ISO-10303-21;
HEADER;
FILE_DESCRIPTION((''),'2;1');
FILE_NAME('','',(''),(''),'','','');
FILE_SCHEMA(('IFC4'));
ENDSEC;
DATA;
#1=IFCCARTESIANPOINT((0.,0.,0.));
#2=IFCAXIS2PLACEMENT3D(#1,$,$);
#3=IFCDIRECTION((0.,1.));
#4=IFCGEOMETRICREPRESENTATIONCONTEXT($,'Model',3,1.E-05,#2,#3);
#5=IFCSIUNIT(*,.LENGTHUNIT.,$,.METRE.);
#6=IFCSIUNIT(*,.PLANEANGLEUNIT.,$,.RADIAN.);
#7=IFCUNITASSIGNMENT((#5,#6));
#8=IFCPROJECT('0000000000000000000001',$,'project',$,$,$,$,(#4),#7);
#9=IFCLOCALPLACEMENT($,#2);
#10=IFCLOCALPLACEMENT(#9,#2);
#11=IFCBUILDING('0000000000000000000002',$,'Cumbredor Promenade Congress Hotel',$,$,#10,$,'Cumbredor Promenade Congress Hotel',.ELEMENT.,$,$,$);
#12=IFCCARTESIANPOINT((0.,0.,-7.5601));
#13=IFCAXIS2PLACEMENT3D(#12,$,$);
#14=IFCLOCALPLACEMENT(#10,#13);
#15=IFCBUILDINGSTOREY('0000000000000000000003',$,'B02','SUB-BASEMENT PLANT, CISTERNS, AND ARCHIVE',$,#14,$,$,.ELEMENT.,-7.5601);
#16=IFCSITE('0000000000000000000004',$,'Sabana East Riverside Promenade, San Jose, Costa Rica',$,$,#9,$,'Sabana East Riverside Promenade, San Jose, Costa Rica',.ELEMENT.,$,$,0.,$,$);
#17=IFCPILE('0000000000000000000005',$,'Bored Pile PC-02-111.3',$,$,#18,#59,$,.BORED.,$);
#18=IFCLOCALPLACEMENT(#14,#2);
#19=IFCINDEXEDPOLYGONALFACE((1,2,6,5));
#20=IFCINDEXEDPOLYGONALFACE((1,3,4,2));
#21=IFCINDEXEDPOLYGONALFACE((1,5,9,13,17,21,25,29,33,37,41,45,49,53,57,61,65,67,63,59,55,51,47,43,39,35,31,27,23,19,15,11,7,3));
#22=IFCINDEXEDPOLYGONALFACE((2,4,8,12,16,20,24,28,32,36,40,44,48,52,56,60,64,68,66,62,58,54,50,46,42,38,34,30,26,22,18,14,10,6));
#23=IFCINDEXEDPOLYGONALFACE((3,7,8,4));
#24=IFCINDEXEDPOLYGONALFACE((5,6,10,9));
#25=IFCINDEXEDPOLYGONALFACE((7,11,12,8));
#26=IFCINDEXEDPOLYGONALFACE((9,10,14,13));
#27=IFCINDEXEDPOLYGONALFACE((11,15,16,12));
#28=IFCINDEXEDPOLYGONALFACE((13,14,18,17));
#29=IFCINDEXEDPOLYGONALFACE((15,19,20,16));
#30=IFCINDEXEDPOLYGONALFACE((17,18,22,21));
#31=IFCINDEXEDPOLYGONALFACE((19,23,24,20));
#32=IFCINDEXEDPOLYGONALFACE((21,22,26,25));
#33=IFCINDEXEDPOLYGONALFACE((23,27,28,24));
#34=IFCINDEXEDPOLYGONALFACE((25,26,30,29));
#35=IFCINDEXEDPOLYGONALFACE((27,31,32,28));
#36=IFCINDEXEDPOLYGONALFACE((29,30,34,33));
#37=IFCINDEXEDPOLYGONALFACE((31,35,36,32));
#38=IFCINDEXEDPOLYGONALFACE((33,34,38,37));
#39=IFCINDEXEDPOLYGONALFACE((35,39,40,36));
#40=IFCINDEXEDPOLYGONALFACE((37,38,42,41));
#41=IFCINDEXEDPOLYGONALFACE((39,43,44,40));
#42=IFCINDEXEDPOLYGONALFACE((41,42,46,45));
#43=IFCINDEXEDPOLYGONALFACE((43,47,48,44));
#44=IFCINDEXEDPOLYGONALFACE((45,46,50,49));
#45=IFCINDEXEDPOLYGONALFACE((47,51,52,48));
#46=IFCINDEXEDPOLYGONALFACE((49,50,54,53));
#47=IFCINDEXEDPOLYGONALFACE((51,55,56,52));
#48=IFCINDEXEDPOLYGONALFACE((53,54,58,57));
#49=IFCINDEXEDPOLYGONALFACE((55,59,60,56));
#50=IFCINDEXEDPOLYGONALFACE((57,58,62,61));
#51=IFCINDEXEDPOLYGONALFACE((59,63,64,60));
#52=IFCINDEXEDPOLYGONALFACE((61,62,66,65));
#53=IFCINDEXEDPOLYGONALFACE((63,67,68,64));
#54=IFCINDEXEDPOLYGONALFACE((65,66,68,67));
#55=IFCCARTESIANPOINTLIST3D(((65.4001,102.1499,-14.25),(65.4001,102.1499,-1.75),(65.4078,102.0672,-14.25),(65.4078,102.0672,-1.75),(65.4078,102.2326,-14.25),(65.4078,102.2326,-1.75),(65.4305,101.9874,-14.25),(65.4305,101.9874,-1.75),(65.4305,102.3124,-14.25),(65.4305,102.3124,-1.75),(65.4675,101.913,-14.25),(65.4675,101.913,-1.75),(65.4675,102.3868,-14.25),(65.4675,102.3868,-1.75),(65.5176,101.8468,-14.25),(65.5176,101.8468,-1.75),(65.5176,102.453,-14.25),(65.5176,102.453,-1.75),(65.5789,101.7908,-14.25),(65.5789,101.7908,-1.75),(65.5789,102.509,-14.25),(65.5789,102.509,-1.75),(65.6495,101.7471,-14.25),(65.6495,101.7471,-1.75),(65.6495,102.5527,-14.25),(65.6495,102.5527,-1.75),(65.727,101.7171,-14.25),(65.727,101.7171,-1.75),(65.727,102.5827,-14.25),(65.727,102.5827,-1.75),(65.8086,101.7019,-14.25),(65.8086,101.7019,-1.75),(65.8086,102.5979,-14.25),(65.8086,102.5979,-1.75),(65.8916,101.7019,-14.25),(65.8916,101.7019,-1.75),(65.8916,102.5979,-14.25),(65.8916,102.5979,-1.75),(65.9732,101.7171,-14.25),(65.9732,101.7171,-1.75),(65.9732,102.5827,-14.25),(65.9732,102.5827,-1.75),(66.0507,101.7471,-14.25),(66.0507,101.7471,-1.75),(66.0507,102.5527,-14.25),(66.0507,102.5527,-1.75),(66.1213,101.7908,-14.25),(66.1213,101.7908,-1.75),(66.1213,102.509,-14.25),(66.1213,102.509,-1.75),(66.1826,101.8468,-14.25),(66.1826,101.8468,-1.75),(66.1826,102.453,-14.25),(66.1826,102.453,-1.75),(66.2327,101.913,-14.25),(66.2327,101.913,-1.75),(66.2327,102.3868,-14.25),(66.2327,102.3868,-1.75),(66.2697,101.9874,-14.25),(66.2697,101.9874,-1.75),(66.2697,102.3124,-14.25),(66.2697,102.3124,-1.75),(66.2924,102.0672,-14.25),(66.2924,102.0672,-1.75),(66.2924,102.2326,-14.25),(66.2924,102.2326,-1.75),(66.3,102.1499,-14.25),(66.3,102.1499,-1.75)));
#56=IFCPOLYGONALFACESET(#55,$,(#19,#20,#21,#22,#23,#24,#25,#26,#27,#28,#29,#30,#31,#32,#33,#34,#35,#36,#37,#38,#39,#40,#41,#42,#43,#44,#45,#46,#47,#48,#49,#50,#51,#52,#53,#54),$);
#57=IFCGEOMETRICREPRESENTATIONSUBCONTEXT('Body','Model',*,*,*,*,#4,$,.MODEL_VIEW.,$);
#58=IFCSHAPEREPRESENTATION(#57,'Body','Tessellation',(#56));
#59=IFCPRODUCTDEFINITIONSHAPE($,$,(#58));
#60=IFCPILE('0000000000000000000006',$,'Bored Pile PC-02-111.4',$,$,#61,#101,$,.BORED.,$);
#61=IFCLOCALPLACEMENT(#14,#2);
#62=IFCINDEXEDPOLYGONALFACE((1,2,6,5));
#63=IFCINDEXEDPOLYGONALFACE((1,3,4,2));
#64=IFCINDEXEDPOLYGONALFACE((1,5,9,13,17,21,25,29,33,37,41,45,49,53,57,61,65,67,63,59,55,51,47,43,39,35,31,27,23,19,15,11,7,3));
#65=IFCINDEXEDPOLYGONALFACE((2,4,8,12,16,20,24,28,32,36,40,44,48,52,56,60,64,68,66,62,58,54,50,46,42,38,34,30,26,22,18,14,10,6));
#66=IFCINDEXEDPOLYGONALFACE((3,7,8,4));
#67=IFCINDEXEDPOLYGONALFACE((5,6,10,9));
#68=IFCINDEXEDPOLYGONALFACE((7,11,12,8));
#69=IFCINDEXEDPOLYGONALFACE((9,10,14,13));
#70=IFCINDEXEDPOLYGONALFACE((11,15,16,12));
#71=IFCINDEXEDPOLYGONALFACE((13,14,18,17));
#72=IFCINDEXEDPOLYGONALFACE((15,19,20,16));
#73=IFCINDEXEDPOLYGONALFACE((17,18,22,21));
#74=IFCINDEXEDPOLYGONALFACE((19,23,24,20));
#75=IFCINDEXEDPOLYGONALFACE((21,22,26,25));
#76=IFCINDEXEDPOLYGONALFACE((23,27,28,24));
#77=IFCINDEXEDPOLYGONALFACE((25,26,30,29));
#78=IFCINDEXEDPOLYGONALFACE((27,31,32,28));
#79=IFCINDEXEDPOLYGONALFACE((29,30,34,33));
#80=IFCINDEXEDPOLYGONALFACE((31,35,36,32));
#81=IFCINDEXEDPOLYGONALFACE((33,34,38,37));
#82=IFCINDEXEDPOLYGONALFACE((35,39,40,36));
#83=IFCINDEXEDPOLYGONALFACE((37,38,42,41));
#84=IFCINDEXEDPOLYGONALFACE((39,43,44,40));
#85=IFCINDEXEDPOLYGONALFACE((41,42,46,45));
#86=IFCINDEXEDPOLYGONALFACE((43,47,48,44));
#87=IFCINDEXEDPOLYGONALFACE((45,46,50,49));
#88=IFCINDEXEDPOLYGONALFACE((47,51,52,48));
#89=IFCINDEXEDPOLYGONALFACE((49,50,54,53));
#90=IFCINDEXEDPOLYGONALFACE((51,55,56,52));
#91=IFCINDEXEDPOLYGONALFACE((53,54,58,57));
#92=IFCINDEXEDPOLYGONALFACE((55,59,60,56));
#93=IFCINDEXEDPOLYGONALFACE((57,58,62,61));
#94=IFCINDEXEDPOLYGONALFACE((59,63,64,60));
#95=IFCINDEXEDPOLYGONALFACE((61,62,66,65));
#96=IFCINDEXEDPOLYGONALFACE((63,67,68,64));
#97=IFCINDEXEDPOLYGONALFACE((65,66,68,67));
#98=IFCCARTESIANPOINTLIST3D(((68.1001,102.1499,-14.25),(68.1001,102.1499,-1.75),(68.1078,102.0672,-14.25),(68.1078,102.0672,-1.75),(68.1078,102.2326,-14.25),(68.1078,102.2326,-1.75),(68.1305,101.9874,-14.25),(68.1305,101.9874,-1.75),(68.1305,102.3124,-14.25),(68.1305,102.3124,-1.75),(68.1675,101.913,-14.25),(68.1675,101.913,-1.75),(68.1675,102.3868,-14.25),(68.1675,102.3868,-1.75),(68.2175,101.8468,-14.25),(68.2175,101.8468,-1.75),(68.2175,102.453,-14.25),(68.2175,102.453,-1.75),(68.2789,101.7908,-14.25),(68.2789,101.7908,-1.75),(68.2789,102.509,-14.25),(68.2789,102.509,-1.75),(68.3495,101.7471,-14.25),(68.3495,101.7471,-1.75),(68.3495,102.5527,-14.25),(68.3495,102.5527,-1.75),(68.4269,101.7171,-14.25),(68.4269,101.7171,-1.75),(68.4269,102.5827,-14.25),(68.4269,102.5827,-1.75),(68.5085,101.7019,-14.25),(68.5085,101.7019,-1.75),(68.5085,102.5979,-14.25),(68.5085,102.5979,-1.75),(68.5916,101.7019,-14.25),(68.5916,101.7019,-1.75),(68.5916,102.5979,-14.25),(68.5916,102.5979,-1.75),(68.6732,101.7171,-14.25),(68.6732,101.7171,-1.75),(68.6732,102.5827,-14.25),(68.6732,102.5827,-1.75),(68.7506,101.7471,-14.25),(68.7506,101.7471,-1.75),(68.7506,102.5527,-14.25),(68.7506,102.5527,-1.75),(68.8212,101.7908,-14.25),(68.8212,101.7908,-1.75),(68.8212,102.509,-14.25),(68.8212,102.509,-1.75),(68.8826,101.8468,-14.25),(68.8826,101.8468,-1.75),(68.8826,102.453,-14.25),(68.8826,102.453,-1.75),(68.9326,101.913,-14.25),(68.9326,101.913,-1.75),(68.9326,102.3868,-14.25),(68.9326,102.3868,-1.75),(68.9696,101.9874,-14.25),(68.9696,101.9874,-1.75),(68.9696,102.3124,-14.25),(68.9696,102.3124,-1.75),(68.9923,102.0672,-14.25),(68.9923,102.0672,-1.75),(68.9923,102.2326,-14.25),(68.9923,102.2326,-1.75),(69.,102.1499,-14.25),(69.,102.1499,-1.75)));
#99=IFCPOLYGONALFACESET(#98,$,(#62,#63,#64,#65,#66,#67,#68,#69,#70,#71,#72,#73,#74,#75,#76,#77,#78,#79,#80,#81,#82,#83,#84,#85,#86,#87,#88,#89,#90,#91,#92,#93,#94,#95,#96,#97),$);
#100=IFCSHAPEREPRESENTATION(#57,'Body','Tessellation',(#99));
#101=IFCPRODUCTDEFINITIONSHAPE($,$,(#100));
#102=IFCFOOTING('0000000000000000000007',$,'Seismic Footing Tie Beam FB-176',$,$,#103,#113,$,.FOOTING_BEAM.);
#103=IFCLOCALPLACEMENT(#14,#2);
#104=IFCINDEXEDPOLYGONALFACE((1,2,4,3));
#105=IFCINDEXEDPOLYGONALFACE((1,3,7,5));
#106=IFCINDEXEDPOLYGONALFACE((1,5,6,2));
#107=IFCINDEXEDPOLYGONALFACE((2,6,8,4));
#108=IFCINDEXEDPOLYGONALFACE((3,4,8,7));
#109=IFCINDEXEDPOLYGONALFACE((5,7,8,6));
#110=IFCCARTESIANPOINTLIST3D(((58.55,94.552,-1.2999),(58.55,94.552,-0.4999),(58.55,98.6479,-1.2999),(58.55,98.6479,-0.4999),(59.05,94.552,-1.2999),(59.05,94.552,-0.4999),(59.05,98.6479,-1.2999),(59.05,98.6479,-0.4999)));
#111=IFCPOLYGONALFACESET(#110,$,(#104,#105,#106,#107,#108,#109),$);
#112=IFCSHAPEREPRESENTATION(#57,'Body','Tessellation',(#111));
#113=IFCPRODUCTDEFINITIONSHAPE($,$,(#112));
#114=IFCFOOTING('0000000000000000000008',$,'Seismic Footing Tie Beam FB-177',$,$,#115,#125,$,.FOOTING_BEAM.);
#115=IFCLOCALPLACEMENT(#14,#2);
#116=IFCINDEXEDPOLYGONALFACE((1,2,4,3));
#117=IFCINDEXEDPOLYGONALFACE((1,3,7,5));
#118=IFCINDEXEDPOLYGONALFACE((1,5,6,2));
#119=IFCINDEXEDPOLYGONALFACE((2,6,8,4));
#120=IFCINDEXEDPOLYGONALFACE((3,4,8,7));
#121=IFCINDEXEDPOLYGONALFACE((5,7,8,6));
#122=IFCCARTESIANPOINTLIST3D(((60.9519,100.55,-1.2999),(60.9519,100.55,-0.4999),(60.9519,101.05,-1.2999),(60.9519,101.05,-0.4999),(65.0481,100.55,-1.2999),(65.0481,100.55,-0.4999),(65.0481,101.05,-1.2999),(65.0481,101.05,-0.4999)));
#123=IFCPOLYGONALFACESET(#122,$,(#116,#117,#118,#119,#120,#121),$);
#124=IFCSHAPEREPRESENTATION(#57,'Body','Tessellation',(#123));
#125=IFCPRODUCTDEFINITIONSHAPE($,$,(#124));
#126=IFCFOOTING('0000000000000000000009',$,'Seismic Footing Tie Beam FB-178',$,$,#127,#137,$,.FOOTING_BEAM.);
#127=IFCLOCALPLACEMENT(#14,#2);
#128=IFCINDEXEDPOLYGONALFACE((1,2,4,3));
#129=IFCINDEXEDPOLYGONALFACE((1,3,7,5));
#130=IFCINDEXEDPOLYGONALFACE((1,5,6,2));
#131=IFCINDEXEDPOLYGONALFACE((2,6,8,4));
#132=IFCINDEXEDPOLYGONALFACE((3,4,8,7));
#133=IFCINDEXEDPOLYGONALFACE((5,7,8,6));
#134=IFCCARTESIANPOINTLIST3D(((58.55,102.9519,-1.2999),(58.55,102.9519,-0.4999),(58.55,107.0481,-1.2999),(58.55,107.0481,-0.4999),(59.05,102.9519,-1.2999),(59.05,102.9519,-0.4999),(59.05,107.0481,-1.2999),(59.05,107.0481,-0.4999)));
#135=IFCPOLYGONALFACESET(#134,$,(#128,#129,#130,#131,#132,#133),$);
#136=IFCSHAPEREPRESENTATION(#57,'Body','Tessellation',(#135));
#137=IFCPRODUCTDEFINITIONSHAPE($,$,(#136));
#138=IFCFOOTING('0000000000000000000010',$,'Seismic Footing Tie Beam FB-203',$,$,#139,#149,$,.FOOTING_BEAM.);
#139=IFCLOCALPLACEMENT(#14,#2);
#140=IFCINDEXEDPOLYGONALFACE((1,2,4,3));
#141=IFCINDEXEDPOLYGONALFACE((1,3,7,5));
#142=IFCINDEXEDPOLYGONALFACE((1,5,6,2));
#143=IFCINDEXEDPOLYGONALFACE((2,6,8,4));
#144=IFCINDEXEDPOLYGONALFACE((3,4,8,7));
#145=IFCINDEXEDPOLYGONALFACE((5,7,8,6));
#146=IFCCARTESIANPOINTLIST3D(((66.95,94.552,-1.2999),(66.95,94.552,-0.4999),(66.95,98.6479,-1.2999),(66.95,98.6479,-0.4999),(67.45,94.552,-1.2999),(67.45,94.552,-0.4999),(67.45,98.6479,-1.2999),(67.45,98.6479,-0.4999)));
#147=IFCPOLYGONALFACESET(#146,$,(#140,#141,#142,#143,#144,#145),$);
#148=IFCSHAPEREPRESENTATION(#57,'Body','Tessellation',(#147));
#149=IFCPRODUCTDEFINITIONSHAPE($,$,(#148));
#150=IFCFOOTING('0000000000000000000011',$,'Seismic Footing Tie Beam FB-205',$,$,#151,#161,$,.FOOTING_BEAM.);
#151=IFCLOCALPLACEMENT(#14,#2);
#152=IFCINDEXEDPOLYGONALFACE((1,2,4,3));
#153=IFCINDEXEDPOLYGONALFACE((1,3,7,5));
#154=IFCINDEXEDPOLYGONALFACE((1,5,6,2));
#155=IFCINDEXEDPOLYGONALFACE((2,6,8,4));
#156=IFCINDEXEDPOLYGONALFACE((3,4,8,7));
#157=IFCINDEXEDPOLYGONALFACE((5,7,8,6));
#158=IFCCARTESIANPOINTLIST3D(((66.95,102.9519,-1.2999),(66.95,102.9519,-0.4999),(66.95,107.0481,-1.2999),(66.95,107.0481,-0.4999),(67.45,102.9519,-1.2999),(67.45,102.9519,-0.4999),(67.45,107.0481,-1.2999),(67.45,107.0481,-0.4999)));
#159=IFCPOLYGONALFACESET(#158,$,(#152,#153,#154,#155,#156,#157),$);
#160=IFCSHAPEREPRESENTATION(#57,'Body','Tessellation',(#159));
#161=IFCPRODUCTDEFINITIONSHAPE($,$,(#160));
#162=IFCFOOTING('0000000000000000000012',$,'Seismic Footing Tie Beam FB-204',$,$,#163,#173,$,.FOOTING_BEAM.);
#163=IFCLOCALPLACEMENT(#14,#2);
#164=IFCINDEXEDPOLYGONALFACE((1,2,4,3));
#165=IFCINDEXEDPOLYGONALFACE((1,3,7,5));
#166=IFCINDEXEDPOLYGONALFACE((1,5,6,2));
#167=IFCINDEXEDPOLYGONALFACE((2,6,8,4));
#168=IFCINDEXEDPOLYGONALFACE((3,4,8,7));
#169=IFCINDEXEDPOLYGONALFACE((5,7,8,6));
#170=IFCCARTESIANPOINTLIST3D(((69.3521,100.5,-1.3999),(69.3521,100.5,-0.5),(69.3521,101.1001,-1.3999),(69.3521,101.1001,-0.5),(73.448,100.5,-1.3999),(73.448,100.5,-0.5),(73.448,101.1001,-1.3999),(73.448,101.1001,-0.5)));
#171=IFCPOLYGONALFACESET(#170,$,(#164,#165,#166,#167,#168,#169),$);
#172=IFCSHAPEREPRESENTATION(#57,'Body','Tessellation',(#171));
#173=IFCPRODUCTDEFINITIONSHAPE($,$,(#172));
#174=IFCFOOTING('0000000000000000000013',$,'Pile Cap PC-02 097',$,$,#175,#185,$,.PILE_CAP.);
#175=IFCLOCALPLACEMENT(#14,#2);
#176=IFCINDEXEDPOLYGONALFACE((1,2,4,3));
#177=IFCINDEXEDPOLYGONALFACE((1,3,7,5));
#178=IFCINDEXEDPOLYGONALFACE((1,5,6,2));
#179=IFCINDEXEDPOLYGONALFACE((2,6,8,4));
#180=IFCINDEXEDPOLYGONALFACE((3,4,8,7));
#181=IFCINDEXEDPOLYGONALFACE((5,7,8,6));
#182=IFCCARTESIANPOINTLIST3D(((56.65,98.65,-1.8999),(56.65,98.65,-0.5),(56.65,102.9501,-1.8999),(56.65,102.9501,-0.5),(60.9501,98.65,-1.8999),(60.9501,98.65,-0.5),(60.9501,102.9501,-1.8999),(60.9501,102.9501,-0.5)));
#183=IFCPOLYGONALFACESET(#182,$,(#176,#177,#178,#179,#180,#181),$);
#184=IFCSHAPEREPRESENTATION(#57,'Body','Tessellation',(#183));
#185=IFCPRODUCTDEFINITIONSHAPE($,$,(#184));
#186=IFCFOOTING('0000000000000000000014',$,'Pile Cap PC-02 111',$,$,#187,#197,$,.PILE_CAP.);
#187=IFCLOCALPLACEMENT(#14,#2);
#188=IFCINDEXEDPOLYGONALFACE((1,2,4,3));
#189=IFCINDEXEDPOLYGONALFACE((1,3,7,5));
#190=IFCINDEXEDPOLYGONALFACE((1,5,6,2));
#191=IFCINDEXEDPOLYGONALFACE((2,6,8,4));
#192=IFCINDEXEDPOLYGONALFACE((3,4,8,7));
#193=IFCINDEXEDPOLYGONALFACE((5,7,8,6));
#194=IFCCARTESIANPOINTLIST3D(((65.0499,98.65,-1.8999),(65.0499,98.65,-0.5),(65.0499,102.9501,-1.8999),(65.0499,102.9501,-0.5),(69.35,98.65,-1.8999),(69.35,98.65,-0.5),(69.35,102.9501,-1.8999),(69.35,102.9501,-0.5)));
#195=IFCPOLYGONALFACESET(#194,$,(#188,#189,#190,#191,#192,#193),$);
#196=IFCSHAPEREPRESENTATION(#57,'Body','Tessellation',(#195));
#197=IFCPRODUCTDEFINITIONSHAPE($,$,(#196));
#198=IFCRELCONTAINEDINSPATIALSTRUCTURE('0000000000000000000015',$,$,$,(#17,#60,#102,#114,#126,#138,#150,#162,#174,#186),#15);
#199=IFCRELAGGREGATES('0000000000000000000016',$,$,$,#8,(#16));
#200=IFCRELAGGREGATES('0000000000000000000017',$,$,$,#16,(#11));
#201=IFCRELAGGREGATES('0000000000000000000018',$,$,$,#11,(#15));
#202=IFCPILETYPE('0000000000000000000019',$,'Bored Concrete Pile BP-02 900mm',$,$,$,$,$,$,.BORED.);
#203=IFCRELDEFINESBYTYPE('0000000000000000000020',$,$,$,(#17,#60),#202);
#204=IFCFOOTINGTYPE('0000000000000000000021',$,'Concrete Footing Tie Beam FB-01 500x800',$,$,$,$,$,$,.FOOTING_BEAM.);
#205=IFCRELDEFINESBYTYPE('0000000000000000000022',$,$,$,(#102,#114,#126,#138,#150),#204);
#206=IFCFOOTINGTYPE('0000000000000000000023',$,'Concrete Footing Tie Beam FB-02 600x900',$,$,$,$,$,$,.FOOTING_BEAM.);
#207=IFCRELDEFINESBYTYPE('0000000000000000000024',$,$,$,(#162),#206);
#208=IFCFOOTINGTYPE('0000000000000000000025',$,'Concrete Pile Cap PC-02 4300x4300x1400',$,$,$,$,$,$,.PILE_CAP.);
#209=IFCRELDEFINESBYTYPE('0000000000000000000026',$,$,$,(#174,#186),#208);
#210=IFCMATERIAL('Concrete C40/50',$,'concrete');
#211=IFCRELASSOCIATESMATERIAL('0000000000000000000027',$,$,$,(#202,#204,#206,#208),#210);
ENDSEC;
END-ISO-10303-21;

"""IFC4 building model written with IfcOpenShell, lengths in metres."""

from ifc_helpers import new_model, si_unit, direction, frame, origin, origin_2d, place, context, subcontext, project, spatial, rectangle, circle, extrude, material, material_profile, profile_set, type_object, element, save


model = new_model("IFC4")

# Units and contexts
model_context = context("Model", 3, precision=1e-05, world=origin(), true_north=direction((0.0, 1.0)))
body_context = subcontext(model_context, "Body", "Model", "MODEL_VIEW")
ifc_project = project(units=[si_unit("LENGTHUNIT", "METRE"), si_unit("PLANEANGLEUNIT", "RADIAN")], contexts=[model_context])

# Site, building, storey
site_placement = place(None, origin())
site = spatial("IfcSite", under=ifc_project, at=site_placement, Name="Sabana East Riverside Promenade, San Jose, Costa Rica", LongName="Sabana East Riverside Promenade, San Jose, Costa Rica", CompositionType="ELEMENT", RefElevation=0.0)
building_placement = place(site_placement, origin())
building = spatial("IfcBuilding", under=site, at=building_placement, Name="Cumbredor Promenade Congress Hotel", LongName="Cumbredor Promenade Congress Hotel", CompositionType="ELEMENT")
storey_placement = place(building_placement, frame((0.0, 0.0, -7.5601)))
storey = spatial("IfcBuildingStorey", under=building, at=storey_placement, Name="B02", Description="SUB-BASEMENT PLANT, CISTERNS, AND ARCHIVE", CompositionType="ELEMENT", Elevation=-7.5601)

# Piles
ifc_material_1 = material(Name="Concrete C40/50", Category="concrete")
ifc_material_profile_1 = material_profile(ifc_material_1, circle(Radius=0.45, at=origin_2d()), Name="PILE D900")
ifc_profile_set_1 = profile_set([ifc_material_profile_1], Name="Concrete C40/50")
pile_type = type_object("IfcPileType", Name="Bored Concrete Pile BP-02 900mm", PredefinedType="BORED", material=ifc_profile_set_1)
for number, where, z_axis, x_axis, name in (
    (1, (65.8501, 102.1499, -1.75), (0.0, 0.0, -1.0), (1.0, 0.0, 0.0), "Bored Pile PC-02-111.3"),
    (2, (68.55, 102.1499, -1.75), (0.0, 0.0, -1.0), (1.0, 0.0, 0.0), "Bored Pile PC-02-111.4"),
):
    element("IfcPile", number, at=place(storey_placement, frame(where, z_axis=z_axis, x_axis=x_axis)), inside=storey, type_object=pile_type, Name=name, PredefinedType="BORED", context=body_context, shape_type="SweptSolid", body=[
        extrude(circle(Radius=0.45, at=origin_2d()), origin(), (0.0, 0.0, 1.0), 12.5),
    ])

# Footings
ifc_material_profile_2 = material_profile(ifc_material_1, rectangle(XDim=0.5, YDim=0.8, at=origin_2d()), Name="FB 500x800")
ifc_profile_set_2 = profile_set([ifc_material_profile_2], Name="Concrete C40/50")
footing_type_1 = type_object("IfcFootingType", Name="Concrete Footing Tie Beam FB-01 500x800", PredefinedType="FOOTING_BEAM", material=ifc_profile_set_2)
footing_1_placement = place(storey_placement, frame((58.8, 94.552, -0.8999), z_axis=(0.0, 1.0, 0.0), x_axis=(-1.0, 0.0, 0.0)))
element("IfcFooting", 3, at=footing_1_placement, inside=storey, type_object=footing_type_1, Name="Seismic Footing Tie Beam FB-176", PredefinedType="FOOTING_BEAM", context=body_context, shape_type="SweptSolid", body=[
    extrude(rectangle(XDim=0.5, YDim=0.8, at=origin_2d()), origin(), (0.0, 0.0, 1.0), 4.0959),
])
for number, where, z_axis, x_axis, name in (
    (4, (60.9519, 100.8, -0.8999), (1.0, 0.0, 0.0), (0.0, 1.0, 0.0), "Seismic Footing Tie Beam FB-177"),
    (5, (58.8, 102.9519, -0.8999), (0.0, 1.0, 0.0), (-1.0, 0.0, 0.0), "Seismic Footing Tie Beam FB-178"),
):
    element("IfcFooting", number, at=place(storey_placement, frame(where, z_axis=z_axis, x_axis=x_axis)), inside=storey, type_object=footing_type_1, Name=name, PredefinedType="FOOTING_BEAM", context=body_context, shape_type="SweptSolid", body=[
        extrude(rectangle(XDim=0.5, YDim=0.8, at=origin_2d()), origin(), (0.0, 0.0, 1.0), 4.0962),
    ])
footing_2_placement = place(storey_placement, frame((67.2, 94.552, -0.8999), z_axis=(0.0, 1.0, 0.0), x_axis=(-1.0, 0.0, 0.0)))
element("IfcFooting", 6, at=footing_2_placement, inside=storey, type_object=footing_type_1, Name="Seismic Footing Tie Beam FB-203", PredefinedType="FOOTING_BEAM", context=body_context, shape_type="SweptSolid", body=[
    extrude(rectangle(XDim=0.5, YDim=0.8, at=origin_2d()), origin(), (0.0, 0.0, 1.0), 4.0959),
])
footing_3_placement = place(storey_placement, frame((67.2, 102.9519, -0.8999), z_axis=(0.0, 1.0, 0.0), x_axis=(-1.0, 0.0, 0.0)))
element("IfcFooting", 7, at=footing_3_placement, inside=storey, type_object=footing_type_1, Name="Seismic Footing Tie Beam FB-205", PredefinedType="FOOTING_BEAM", context=body_context, shape_type="SweptSolid", body=[
    extrude(rectangle(XDim=0.5, YDim=0.8, at=origin_2d()), origin(), (0.0, 0.0, 1.0), 4.0962),
])
ifc_material_profile_3 = material_profile(ifc_material_1, rectangle(XDim=0.6001, YDim=0.8999, at=origin_2d()), Name="FB 600x900")
ifc_profile_set_3 = profile_set([ifc_material_profile_3], Name="Concrete C40/50")
footing_type_2 = type_object("IfcFootingType", Name="Concrete Footing Tie Beam FB-02 600x900", PredefinedType="FOOTING_BEAM", material=ifc_profile_set_3)
footing_4_placement = place(storey_placement, frame((69.3521, 100.8, -0.95), z_axis=(1.0, 0.0, 0.0), x_axis=(0.0, 1.0, 0.0)))
element("IfcFooting", 8, at=footing_4_placement, inside=storey, type_object=footing_type_2, Name="Seismic Footing Tie Beam FB-204", PredefinedType="FOOTING_BEAM", context=body_context, shape_type="SweptSolid", body=[
    extrude(rectangle(XDim=0.6001, YDim=0.8999, at=origin_2d()), origin(), (0.0, 0.0, 1.0), 4.0959),
])
footing_type_3 = type_object("IfcFootingType", Name="Concrete Pile Cap PC-02 4300x4300x1400", PredefinedType="PILE_CAP", material=ifc_material_1)
for number, where, z_axis, x_axis, name in (
    (9, (58.8, 100.8, -1.8999), (0.0, 0.0, 1.0), (1.0, 0.0, 0.0), "Pile Cap PC-02 097"),
    (10, (67.2, 100.8, -1.8999), (0.0, 0.0, 1.0), (1.0, 0.0, 0.0), "Pile Cap PC-02 111"),
):
    element("IfcFooting", number, at=place(storey_placement, frame(where, z_axis=z_axis, x_axis=x_axis)), inside=storey, type_object=footing_type_3, Name=name, PredefinedType="PILE_CAP", context=body_context, shape_type="SweptSolid", body=[
        extrude(rectangle(XDim=4.3, YDim=4.3, at=origin_2d()), origin(), (0.0, 0.0, 1.0), 1.3999),
    ])

save(model, "model.ifc")
